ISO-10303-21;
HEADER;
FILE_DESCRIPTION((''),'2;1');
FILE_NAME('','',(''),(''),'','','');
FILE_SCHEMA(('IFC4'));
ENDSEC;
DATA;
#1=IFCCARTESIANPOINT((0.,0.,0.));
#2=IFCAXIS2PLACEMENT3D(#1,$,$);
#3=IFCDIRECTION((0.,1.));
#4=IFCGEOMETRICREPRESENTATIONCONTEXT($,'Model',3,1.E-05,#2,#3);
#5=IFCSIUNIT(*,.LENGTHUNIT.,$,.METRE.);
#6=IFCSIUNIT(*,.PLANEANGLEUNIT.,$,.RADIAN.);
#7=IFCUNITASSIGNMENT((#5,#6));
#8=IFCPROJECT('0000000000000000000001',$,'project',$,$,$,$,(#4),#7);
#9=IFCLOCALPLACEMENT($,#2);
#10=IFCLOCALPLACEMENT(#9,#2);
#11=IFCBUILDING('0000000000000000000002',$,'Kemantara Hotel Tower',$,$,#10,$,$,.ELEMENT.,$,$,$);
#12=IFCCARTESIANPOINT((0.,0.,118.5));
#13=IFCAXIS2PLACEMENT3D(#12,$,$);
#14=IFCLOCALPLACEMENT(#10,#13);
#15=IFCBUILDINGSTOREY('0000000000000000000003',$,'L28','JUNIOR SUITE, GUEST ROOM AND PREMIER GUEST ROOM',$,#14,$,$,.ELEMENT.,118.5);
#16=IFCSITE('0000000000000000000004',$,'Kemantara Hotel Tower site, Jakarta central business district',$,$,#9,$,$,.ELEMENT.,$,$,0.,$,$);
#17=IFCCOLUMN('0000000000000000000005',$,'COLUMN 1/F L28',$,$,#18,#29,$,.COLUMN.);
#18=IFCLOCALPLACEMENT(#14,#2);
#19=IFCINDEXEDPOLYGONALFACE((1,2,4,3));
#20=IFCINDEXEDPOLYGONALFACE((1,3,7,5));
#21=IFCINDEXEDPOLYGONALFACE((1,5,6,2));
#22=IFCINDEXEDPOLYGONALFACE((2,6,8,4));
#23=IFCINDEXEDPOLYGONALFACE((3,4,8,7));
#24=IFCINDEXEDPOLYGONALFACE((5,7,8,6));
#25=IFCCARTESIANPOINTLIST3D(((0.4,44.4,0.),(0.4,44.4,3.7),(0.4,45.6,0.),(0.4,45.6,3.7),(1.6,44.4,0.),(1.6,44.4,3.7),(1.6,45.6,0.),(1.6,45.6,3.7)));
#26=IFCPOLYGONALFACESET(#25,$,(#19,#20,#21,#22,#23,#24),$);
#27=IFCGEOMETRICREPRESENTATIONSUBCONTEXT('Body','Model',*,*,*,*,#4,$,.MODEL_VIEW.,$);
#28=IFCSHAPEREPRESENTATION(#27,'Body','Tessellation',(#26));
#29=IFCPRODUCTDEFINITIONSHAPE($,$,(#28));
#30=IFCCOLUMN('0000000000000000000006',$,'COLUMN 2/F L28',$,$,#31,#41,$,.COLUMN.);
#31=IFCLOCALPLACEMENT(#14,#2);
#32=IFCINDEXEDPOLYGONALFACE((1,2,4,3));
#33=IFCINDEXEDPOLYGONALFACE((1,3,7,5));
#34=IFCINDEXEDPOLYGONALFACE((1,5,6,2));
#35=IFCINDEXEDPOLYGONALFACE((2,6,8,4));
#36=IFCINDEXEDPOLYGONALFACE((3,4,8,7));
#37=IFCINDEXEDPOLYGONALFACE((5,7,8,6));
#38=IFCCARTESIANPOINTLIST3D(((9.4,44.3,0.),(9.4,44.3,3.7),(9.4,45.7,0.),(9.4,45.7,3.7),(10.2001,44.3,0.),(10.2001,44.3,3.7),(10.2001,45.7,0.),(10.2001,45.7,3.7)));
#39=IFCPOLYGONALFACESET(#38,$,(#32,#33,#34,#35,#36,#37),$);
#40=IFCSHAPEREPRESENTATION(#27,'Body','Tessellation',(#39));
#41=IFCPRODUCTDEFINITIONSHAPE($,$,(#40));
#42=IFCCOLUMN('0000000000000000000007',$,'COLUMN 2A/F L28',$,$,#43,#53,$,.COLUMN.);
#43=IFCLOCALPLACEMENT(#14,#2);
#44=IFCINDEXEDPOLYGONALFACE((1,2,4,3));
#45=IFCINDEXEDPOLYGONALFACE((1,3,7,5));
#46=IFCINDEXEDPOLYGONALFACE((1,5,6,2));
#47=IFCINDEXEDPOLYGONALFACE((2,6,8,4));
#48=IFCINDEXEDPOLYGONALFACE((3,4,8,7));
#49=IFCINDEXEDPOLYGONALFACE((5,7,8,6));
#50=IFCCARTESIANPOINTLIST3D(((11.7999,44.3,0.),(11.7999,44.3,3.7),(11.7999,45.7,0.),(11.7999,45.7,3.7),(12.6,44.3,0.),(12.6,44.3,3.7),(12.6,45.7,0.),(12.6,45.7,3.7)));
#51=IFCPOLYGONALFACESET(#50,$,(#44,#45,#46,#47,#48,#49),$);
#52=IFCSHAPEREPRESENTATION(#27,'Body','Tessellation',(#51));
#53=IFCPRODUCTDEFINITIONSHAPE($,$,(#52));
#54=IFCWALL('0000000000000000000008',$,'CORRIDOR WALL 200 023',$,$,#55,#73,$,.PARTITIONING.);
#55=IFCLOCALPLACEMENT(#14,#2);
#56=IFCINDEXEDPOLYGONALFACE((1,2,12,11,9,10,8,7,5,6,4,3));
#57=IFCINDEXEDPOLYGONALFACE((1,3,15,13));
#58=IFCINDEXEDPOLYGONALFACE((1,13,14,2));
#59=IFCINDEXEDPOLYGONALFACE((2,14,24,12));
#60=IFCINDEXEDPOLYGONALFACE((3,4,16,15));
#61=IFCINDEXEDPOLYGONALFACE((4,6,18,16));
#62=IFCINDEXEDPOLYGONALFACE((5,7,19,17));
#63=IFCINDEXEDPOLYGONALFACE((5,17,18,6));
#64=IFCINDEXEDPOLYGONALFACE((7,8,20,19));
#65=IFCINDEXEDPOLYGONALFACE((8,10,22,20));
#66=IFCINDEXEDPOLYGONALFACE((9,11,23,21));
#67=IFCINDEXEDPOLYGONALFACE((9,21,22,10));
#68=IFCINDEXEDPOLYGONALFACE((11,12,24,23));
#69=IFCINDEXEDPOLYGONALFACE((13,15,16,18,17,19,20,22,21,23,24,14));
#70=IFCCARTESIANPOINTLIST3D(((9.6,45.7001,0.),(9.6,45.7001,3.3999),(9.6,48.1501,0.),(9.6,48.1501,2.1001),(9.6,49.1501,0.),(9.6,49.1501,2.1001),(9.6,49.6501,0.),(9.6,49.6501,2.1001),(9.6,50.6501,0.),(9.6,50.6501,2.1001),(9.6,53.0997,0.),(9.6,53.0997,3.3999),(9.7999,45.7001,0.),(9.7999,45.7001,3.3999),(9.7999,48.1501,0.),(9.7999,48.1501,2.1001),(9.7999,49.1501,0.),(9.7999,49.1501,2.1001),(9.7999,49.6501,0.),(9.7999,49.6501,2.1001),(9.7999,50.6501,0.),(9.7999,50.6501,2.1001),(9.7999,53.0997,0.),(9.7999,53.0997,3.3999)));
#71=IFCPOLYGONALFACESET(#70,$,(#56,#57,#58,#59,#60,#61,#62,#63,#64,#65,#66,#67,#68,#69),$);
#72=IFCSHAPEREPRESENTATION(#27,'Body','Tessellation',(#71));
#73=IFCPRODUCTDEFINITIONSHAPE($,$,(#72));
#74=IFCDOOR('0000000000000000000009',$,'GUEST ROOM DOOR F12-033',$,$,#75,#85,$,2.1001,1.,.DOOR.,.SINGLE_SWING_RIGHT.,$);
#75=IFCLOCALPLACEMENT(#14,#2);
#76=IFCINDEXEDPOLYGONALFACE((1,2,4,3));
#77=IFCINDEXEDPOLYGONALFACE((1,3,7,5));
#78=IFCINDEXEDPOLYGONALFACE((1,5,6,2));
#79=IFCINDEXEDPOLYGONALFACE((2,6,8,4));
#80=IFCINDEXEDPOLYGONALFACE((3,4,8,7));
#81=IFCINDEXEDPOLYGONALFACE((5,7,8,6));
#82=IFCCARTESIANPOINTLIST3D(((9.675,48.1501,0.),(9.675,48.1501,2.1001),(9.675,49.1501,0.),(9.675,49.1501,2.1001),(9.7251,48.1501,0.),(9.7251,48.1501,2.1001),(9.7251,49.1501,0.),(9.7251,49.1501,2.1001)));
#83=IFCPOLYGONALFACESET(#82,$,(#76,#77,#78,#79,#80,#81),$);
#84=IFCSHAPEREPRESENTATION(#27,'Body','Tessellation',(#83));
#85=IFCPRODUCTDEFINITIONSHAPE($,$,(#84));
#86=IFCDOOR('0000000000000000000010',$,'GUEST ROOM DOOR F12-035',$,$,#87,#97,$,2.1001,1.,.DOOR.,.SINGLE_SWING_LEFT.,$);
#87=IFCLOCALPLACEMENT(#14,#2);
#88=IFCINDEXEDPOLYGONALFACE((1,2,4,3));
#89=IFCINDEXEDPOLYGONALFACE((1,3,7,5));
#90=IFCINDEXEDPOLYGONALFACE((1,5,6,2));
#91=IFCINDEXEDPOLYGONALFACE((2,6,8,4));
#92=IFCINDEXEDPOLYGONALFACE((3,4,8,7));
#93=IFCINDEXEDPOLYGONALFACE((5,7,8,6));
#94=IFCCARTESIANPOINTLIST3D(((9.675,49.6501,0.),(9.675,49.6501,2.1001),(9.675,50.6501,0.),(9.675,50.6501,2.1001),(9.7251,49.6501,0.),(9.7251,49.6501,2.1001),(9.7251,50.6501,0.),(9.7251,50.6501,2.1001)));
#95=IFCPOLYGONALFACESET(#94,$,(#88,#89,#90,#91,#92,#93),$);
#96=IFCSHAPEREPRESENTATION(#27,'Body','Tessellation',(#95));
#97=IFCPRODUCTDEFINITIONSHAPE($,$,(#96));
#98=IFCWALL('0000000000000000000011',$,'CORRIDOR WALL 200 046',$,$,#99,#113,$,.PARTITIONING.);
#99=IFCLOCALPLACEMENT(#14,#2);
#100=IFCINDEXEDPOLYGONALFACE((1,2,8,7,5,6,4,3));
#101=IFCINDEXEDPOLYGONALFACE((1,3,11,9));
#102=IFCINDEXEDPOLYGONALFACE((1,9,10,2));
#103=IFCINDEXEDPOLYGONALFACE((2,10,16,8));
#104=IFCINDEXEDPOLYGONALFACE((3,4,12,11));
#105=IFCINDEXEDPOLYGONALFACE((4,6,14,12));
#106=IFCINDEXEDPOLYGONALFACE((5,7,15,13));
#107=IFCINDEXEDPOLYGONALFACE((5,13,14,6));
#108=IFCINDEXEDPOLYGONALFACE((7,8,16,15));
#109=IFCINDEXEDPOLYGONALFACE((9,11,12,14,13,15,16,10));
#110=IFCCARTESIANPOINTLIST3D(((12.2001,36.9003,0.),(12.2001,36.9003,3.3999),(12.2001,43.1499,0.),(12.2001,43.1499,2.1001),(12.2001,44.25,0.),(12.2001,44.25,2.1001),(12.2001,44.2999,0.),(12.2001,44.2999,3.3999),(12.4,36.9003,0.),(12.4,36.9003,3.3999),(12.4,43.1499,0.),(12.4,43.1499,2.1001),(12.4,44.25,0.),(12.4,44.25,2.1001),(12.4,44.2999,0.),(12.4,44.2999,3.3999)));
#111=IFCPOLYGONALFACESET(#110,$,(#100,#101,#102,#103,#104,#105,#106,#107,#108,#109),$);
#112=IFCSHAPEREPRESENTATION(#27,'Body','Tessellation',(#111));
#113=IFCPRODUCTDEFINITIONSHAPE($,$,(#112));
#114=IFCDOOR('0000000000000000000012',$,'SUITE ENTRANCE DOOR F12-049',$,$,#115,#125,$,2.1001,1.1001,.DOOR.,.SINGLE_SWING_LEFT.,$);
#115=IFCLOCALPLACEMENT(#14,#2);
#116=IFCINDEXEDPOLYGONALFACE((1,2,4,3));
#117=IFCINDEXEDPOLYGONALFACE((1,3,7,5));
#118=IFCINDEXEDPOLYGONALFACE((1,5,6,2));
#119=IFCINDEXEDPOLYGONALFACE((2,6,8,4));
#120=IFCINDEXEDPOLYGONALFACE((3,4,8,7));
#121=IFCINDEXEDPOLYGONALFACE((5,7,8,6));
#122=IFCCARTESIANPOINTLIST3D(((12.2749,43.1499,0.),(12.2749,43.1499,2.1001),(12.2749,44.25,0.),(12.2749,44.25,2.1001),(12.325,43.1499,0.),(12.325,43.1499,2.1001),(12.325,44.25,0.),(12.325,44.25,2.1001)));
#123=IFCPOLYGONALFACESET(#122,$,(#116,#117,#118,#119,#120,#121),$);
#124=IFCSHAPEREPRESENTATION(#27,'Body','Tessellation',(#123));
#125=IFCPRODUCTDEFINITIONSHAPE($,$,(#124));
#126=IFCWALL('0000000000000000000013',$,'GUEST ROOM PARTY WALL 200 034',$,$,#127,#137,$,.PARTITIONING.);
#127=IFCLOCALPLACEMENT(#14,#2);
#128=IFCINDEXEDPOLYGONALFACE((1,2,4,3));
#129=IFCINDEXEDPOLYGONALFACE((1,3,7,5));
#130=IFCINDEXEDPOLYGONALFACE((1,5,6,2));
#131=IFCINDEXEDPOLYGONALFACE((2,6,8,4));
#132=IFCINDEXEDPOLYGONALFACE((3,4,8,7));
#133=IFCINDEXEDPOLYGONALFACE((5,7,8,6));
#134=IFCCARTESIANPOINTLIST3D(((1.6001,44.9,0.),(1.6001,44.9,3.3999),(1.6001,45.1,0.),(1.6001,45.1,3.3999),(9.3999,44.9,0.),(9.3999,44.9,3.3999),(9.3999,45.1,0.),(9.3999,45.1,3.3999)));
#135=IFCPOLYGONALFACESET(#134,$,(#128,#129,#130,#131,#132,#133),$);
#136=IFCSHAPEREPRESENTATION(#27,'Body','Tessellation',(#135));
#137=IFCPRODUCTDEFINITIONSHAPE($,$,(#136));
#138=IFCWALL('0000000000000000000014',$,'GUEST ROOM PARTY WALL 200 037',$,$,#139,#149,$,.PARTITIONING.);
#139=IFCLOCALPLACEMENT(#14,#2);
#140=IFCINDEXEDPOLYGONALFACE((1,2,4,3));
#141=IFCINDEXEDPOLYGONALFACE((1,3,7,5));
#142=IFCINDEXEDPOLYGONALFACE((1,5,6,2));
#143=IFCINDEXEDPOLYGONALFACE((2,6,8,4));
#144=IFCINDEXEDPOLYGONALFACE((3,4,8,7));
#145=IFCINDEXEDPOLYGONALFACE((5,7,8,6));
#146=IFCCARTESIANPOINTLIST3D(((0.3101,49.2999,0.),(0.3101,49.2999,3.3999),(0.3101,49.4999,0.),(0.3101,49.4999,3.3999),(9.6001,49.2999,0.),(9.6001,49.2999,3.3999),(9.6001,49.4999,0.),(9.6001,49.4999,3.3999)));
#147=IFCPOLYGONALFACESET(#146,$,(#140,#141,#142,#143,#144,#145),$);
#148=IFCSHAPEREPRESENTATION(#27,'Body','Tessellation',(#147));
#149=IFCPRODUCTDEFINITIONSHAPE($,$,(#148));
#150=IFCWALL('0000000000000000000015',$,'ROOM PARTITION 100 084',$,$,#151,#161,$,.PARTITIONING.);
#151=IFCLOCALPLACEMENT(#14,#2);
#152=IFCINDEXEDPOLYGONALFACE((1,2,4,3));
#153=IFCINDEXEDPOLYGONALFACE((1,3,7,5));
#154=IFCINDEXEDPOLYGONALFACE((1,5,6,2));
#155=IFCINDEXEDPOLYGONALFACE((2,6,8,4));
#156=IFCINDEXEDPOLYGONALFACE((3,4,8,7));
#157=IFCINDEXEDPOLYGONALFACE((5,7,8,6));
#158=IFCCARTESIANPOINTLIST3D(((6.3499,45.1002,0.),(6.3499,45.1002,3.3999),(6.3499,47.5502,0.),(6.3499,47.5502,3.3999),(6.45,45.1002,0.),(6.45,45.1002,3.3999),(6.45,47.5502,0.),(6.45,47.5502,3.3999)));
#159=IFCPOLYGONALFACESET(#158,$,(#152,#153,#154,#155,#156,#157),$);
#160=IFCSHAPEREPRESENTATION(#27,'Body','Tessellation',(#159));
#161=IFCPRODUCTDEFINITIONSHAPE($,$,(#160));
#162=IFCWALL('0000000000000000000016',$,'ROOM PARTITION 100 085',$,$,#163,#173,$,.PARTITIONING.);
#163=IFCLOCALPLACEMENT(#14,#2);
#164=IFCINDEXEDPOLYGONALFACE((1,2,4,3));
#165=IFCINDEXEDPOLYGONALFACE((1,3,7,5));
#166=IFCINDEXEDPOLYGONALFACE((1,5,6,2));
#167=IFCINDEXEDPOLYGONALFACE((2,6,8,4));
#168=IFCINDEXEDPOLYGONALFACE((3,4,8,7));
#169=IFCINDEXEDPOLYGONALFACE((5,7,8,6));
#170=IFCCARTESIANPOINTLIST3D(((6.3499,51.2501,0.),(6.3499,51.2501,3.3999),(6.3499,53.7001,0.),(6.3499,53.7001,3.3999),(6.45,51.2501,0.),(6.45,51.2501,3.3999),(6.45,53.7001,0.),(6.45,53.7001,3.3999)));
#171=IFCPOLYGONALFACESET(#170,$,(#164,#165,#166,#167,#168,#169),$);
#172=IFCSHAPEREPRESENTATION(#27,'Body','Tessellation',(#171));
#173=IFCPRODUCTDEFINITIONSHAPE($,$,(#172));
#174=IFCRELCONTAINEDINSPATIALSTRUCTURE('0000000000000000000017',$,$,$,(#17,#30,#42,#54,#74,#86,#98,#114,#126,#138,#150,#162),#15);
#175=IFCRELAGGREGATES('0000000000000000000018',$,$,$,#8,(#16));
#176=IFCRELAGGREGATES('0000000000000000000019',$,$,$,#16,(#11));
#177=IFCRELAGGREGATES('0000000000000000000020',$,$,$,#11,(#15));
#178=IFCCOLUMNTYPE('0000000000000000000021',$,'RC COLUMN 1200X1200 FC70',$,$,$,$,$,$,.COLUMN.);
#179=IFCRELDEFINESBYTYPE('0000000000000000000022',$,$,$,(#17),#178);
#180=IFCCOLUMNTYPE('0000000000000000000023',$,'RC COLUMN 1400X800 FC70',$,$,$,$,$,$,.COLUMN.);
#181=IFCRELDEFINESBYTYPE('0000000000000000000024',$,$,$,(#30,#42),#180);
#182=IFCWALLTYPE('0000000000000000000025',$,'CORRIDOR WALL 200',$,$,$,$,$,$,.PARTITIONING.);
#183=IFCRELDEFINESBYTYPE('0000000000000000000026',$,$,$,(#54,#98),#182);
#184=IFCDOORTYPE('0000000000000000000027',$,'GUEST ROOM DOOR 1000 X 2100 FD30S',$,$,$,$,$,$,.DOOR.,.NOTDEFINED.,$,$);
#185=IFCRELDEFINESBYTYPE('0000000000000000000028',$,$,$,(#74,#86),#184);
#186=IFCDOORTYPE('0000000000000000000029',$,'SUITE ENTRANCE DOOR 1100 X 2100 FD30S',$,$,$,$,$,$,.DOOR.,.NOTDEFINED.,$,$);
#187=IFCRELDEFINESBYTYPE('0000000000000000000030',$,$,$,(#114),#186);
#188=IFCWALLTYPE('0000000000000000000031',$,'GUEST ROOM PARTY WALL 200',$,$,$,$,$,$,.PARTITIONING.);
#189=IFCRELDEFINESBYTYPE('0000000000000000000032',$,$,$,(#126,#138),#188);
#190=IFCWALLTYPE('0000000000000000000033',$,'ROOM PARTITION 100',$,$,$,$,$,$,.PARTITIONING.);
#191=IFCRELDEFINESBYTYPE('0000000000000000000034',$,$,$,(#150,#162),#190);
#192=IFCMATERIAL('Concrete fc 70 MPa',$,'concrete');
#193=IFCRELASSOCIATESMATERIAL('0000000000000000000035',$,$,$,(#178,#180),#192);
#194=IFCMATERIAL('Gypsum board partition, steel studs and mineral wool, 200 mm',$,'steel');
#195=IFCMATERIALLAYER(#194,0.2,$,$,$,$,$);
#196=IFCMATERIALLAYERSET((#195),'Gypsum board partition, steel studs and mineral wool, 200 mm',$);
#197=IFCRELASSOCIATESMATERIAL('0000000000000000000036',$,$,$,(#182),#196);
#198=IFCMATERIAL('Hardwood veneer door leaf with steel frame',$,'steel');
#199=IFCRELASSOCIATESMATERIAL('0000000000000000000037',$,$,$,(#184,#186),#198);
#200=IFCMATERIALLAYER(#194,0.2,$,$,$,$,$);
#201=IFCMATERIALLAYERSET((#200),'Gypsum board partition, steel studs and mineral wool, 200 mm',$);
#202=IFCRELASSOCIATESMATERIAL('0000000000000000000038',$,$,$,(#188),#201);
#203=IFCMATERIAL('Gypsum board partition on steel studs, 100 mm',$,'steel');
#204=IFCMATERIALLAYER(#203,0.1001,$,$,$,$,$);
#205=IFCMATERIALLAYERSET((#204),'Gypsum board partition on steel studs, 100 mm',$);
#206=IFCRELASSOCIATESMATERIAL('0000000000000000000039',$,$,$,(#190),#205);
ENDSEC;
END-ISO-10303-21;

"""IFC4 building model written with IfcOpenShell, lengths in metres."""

from ifc_helpers import new_model, si_unit, direction, frame, frame_2d, origin, origin_2d, place, context, subcontext, project, spatial, rectangle, extrude, material, layer, layer_set, material_profile, profile_set, type_object, element, fill, save


model = new_model("IFC4")

# Units and contexts
model_context = context("Model", 3, precision=1e-05, world=origin(), true_north=direction((0.0, 1.0)))
body_context = subcontext(model_context, "Body", "Model", "MODEL_VIEW")
ifc_project = project(units=[si_unit("LENGTHUNIT", "METRE"), si_unit("PLANEANGLEUNIT", "RADIAN")], contexts=[model_context])

# Site, building, storey
site_placement = place(None, origin())
site = spatial("IfcSite", under=ifc_project, at=site_placement, Name="Kemantara Hotel Tower site, Jakarta central business district", CompositionType="ELEMENT", RefElevation=0.0)
building_placement = place(site_placement, origin())
building = spatial("IfcBuilding", under=site, at=building_placement, Name="Kemantara Hotel Tower", CompositionType="ELEMENT")
storey_placement = place(building_placement, frame((0.0, 0.0, 118.5)))
storey = spatial("IfcBuildingStorey", under=building, at=storey_placement, Name="L28", Description="JUNIOR SUITE, GUEST ROOM AND PREMIER GUEST ROOM", CompositionType="ELEMENT", Elevation=118.5)

# Columns
ifc_material_1 = material(Name="Concrete fc 70 MPa", Category="concrete")
ifc_material_profile_1 = material_profile(ifc_material_1, rectangle(XDim=1.2, YDim=1.2, at=origin_2d()), Name="RC 1200X1200")
ifc_profile_set_1 = profile_set([ifc_material_profile_1], Name="Concrete fc 70 MPa")
column_type_1 = type_object("IfcColumnType", Name="RC COLUMN 1200X1200 FC70", PredefinedType="COLUMN", material=ifc_profile_set_1)
column_placement = place(storey_placement, frame((1.0, 45.0, 0.0), z_axis=(0.0, 0.0, 1.0), x_axis=(1.0, 0.0, 0.0)))
element("IfcColumn", 1, at=column_placement, inside=storey, type_object=column_type_1, Name="COLUMN 1/F L28", PredefinedType="COLUMN", context=body_context, shape_type="SweptSolid", body=[
    extrude(rectangle(XDim=1.2, YDim=1.2, at=origin_2d()), origin(), (0.0, 0.0, 1.0), 3.7),
])
ifc_material_profile_2 = material_profile(ifc_material_1, rectangle(XDim=1.3999, YDim=0.8, at=origin_2d()), Name="RC 1400X800")
ifc_profile_set_2 = profile_set([ifc_material_profile_2], Name="Concrete fc 70 MPa")
column_type_2 = type_object("IfcColumnType", Name="RC COLUMN 1400X800 FC70", PredefinedType="COLUMN", material=ifc_profile_set_2)
for number, where, z_axis, x_axis, name in (
    (2, (9.8, 45.0, 0.0), (0.0, 0.0, 1.0), (0.0, 1.0, 0.0), "COLUMN 2/F L28"),
    (3, (12.2, 45.0, 0.0), (0.0, 0.0, 1.0), (0.0, 1.0, 0.0), "COLUMN 2A/F L28"),
):
    element("IfcColumn", number, at=place(storey_placement, frame(where, z_axis=z_axis, x_axis=x_axis)), inside=storey, type_object=column_type_2, Name=name, PredefinedType="COLUMN", context=body_context, shape_type="SweptSolid", body=[
        extrude(rectangle(XDim=1.3999, YDim=0.8, at=origin_2d()), origin(), (0.0, 0.0, 1.0), 3.7),
    ])

# Wall, openings, doors
ifc_material_2 = material(Name="Gypsum board partition, steel studs and mineral wool, 200 mm", Category="steel")
ifc_layer_1 = layer(ifc_material_2, 0.2)
ifc_layer_set_1 = layer_set([ifc_layer_1], Name="Gypsum board partition, steel studs and mineral wool, 200 mm")
wall_type_1 = type_object("IfcWallType", Name="CORRIDOR WALL 200", PredefinedType="PARTITIONING", material=ifc_layer_set_1)
wall_1_placement = place(storey_placement, frame((9.7, 45.7002, 0.0), z_axis=(0.0, 0.0, 1.0), x_axis=(0.0, 1.0, 0.0)))
wall_1 = element("IfcWall", 4, at=wall_1_placement, inside=storey, type_object=wall_type_1, Name="CORRIDOR WALL 200 023", PredefinedType="PARTITIONING", context=body_context, shape_type="SweptSolid", body=[
    extrude(rectangle(XDim=7.3997, YDim=0.2, at=frame_2d((3.6997, 0.0))), origin(), (0.0, 0.0, 1.0), 3.3999),
])
opening_1_placement = place(wall_1_placement, frame((2.45, 0.0, 0.0)))
opening_1 = element("IfcOpeningElement", 5, at=opening_1_placement, cuts=wall_1, PredefinedType="OPENING", context=body_context, shape_type="SweptSolid", body=[
    extrude(rectangle(XDim=1.0, YDim=2.1001, at=frame_2d((0.5, 1.05))), frame((0.0, 0.1099, 0.0), z_axis=(0.0, -1.0, 0.0), x_axis=(1.0, 0.0, 0.0)), (0.0, 0.0, 1.0), 0.22),
])
opening_2_placement = place(wall_1_placement, frame((3.95, 0.0, 0.0)))
opening_2 = element("IfcOpeningElement", 6, at=opening_2_placement, cuts=wall_1, PredefinedType="OPENING", context=body_context, shape_type="SweptSolid", body=[
    extrude(rectangle(XDim=1.0, YDim=2.1001, at=frame_2d((0.5, 1.05))), frame((0.0, 0.1099, 0.0), z_axis=(0.0, -1.0, 0.0), x_axis=(1.0, 0.0, 0.0)), (0.0, 0.0, 1.0), 0.22),
])
ifc_material_3 = material(Name="Hardwood veneer door leaf with steel frame", Category="steel")
door_type_1 = type_object("IfcDoorType", Name="GUEST ROOM DOOR 1000 X 2100 FD30S", OperationType="NOTDEFINED", PredefinedType="DOOR", material=ifc_material_3)
door_1_placement = place(opening_1_placement, origin())
door_1 = element("IfcDoor", 7, at=door_1_placement, inside=storey, type_object=door_type_1, Name="GUEST ROOM DOOR F12-033", OperationType="SINGLE_SWING_RIGHT", OverallHeight=2.1001, OverallWidth=1.0, PredefinedType="DOOR", context=body_context, shape_type="SweptSolid", body=[
    extrude(rectangle(XDim=1.0, YDim=2.1001, at=frame_2d((0.5, 1.05))), frame((0.0, 0.0249, 0.0), z_axis=(0.0, -1.0, 0.0), x_axis=(1.0, 0.0, 0.0)), (0.0, 0.0, 1.0), 0.05),
])
fill(opening_1, door_1)
door_2_placement = place(opening_2_placement, origin())
door_2 = element("IfcDoor", 8, at=door_2_placement, inside=storey, type_object=door_type_1, Name="GUEST ROOM DOOR F12-035", OperationType="SINGLE_SWING_LEFT", OverallHeight=2.1001, OverallWidth=1.0, PredefinedType="DOOR", context=body_context, shape_type="SweptSolid", body=[
    extrude(rectangle(XDim=1.0, YDim=2.1001, at=frame_2d((0.5, 1.05))), frame((0.0, 0.0249, 0.0), z_axis=(0.0, -1.0, 0.0), x_axis=(1.0, 0.0, 0.0)), (0.0, 0.0, 1.0), 0.05),
])
fill(opening_2, door_2)

# Wall, opening, door
wall_2_placement = place(storey_placement, frame((12.3, 44.2998, 0.0), z_axis=(0.0, 0.0, 1.0), x_axis=(0.0, -1.0, 0.0)))
wall_2 = element("IfcWall", 9, at=wall_2_placement, inside=storey, type_object=wall_type_1, Name="CORRIDOR WALL 200 046", PredefinedType="PARTITIONING", context=body_context, shape_type="SweptSolid", body=[
    extrude(rectangle(XDim=7.3997, YDim=0.2, at=frame_2d((3.6997, 0.0))), origin(), (0.0, 0.0, 1.0), 3.3999),
])
opening_3_placement = place(wall_2_placement, frame((0.0498, 0.0, 0.0)))
opening_3 = element("IfcOpeningElement", 10, at=opening_3_placement, cuts=wall_2, PredefinedType="OPENING", context=body_context, shape_type="SweptSolid", body=[
    extrude(rectangle(XDim=1.1001, YDim=2.1001, at=frame_2d((0.55, 1.05))), frame((0.0, 0.1099, 0.0), z_axis=(0.0, -1.0, 0.0), x_axis=(1.0, 0.0, 0.0)), (0.0, 0.0, 1.0), 0.22),
])
door_type_2 = type_object("IfcDoorType", Name="SUITE ENTRANCE DOOR 1100 X 2100 FD30S", OperationType="NOTDEFINED", PredefinedType="DOOR", material=ifc_material_3)
door_3_placement = place(opening_3_placement, origin())
door_3 = element("IfcDoor", 11, at=door_3_placement, inside=storey, type_object=door_type_2, Name="SUITE ENTRANCE DOOR F12-049", OperationType="SINGLE_SWING_LEFT", OverallHeight=2.1001, OverallWidth=1.1001, PredefinedType="DOOR", context=body_context, shape_type="SweptSolid", body=[
    extrude(rectangle(XDim=1.1001, YDim=2.1001, at=frame_2d((0.55, 1.05))), frame((0.0, 0.0249, 0.0), z_axis=(0.0, -1.0, 0.0), x_axis=(1.0, 0.0, 0.0)), (0.0, 0.0, 1.0), 0.05),
])
fill(opening_3, door_3)

# Walls
ifc_layer_2 = layer(ifc_material_2, 0.2)
ifc_layer_set_2 = layer_set([ifc_layer_2], Name="Gypsum board partition, steel studs and mineral wool, 200 mm")
wall_type_2 = type_object("IfcWallType", Name="GUEST ROOM PARTY WALL 200", PredefinedType="PARTITIONING", material=ifc_layer_set_2)
wall_3_placement = place(storey_placement, frame((1.6001, 45.0, 0.0), z_axis=(0.0, 0.0, 1.0), x_axis=(1.0, 0.0, 0.0)))
element("IfcWall", 12, at=wall_3_placement, inside=storey, type_object=wall_type_2, Name="GUEST ROOM PARTY WALL 200 034", PredefinedType="PARTITIONING", context=body_context, shape_type="SweptSolid", body=[
    extrude(rectangle(XDim=7.7998, YDim=0.2, at=frame_2d((3.8999, 0.0))), origin(), (0.0, 0.0, 1.0), 3.3999),
])
wall_4_placement = place(storey_placement, frame((0.3101, 49.3999, 0.0), z_axis=(0.0, 0.0, 1.0), x_axis=(1.0, 0.0, 0.0)))
element("IfcWall", 13, at=wall_4_placement, inside=storey, type_object=wall_type_2, Name="GUEST ROOM PARTY WALL 200 037", PredefinedType="PARTITIONING", context=body_context, shape_type="SweptSolid", body=[
    extrude(rectangle(XDim=9.29, YDim=0.2, at=frame_2d((4.645, 0.0))), origin(), (0.0, 0.0, 1.0), 3.3999),
])
ifc_material_4 = material(Name="Gypsum board partition on steel studs, 100 mm", Category="steel")
ifc_layer_3 = layer(ifc_material_4, 0.1001)
ifc_layer_set_3 = layer_set([ifc_layer_3], Name="Gypsum board partition on steel studs, 100 mm")
wall_type_3 = type_object("IfcWallType", Name="ROOM PARTITION 100", PredefinedType="PARTITIONING", material=ifc_layer_set_3)
for number, where, z_axis, x_axis, name in (
    (14, (6.3999, 45.1001, 0.0), (0.0, 0.0, 1.0), (0.0, 1.0, 0.0), "ROOM PARTITION 100 084"),
    (15, (6.3999, 51.25, 0.0), (0.0, 0.0, 1.0), (0.0, 1.0, 0.0), "ROOM PARTITION 100 085"),
):
    element("IfcWall", number, at=place(storey_placement, frame(where, z_axis=z_axis, x_axis=x_axis)), inside=storey, type_object=wall_type_3, Name=name, PredefinedType="PARTITIONING", context=body_context, shape_type="SweptSolid", body=[
        extrude(rectangle(XDim=2.45, YDim=0.1001, at=frame_2d((1.2251, 0.0))), origin(), (0.0, 0.0, 1.0), 3.3999),
    ])

save(model, "model.ifc")
